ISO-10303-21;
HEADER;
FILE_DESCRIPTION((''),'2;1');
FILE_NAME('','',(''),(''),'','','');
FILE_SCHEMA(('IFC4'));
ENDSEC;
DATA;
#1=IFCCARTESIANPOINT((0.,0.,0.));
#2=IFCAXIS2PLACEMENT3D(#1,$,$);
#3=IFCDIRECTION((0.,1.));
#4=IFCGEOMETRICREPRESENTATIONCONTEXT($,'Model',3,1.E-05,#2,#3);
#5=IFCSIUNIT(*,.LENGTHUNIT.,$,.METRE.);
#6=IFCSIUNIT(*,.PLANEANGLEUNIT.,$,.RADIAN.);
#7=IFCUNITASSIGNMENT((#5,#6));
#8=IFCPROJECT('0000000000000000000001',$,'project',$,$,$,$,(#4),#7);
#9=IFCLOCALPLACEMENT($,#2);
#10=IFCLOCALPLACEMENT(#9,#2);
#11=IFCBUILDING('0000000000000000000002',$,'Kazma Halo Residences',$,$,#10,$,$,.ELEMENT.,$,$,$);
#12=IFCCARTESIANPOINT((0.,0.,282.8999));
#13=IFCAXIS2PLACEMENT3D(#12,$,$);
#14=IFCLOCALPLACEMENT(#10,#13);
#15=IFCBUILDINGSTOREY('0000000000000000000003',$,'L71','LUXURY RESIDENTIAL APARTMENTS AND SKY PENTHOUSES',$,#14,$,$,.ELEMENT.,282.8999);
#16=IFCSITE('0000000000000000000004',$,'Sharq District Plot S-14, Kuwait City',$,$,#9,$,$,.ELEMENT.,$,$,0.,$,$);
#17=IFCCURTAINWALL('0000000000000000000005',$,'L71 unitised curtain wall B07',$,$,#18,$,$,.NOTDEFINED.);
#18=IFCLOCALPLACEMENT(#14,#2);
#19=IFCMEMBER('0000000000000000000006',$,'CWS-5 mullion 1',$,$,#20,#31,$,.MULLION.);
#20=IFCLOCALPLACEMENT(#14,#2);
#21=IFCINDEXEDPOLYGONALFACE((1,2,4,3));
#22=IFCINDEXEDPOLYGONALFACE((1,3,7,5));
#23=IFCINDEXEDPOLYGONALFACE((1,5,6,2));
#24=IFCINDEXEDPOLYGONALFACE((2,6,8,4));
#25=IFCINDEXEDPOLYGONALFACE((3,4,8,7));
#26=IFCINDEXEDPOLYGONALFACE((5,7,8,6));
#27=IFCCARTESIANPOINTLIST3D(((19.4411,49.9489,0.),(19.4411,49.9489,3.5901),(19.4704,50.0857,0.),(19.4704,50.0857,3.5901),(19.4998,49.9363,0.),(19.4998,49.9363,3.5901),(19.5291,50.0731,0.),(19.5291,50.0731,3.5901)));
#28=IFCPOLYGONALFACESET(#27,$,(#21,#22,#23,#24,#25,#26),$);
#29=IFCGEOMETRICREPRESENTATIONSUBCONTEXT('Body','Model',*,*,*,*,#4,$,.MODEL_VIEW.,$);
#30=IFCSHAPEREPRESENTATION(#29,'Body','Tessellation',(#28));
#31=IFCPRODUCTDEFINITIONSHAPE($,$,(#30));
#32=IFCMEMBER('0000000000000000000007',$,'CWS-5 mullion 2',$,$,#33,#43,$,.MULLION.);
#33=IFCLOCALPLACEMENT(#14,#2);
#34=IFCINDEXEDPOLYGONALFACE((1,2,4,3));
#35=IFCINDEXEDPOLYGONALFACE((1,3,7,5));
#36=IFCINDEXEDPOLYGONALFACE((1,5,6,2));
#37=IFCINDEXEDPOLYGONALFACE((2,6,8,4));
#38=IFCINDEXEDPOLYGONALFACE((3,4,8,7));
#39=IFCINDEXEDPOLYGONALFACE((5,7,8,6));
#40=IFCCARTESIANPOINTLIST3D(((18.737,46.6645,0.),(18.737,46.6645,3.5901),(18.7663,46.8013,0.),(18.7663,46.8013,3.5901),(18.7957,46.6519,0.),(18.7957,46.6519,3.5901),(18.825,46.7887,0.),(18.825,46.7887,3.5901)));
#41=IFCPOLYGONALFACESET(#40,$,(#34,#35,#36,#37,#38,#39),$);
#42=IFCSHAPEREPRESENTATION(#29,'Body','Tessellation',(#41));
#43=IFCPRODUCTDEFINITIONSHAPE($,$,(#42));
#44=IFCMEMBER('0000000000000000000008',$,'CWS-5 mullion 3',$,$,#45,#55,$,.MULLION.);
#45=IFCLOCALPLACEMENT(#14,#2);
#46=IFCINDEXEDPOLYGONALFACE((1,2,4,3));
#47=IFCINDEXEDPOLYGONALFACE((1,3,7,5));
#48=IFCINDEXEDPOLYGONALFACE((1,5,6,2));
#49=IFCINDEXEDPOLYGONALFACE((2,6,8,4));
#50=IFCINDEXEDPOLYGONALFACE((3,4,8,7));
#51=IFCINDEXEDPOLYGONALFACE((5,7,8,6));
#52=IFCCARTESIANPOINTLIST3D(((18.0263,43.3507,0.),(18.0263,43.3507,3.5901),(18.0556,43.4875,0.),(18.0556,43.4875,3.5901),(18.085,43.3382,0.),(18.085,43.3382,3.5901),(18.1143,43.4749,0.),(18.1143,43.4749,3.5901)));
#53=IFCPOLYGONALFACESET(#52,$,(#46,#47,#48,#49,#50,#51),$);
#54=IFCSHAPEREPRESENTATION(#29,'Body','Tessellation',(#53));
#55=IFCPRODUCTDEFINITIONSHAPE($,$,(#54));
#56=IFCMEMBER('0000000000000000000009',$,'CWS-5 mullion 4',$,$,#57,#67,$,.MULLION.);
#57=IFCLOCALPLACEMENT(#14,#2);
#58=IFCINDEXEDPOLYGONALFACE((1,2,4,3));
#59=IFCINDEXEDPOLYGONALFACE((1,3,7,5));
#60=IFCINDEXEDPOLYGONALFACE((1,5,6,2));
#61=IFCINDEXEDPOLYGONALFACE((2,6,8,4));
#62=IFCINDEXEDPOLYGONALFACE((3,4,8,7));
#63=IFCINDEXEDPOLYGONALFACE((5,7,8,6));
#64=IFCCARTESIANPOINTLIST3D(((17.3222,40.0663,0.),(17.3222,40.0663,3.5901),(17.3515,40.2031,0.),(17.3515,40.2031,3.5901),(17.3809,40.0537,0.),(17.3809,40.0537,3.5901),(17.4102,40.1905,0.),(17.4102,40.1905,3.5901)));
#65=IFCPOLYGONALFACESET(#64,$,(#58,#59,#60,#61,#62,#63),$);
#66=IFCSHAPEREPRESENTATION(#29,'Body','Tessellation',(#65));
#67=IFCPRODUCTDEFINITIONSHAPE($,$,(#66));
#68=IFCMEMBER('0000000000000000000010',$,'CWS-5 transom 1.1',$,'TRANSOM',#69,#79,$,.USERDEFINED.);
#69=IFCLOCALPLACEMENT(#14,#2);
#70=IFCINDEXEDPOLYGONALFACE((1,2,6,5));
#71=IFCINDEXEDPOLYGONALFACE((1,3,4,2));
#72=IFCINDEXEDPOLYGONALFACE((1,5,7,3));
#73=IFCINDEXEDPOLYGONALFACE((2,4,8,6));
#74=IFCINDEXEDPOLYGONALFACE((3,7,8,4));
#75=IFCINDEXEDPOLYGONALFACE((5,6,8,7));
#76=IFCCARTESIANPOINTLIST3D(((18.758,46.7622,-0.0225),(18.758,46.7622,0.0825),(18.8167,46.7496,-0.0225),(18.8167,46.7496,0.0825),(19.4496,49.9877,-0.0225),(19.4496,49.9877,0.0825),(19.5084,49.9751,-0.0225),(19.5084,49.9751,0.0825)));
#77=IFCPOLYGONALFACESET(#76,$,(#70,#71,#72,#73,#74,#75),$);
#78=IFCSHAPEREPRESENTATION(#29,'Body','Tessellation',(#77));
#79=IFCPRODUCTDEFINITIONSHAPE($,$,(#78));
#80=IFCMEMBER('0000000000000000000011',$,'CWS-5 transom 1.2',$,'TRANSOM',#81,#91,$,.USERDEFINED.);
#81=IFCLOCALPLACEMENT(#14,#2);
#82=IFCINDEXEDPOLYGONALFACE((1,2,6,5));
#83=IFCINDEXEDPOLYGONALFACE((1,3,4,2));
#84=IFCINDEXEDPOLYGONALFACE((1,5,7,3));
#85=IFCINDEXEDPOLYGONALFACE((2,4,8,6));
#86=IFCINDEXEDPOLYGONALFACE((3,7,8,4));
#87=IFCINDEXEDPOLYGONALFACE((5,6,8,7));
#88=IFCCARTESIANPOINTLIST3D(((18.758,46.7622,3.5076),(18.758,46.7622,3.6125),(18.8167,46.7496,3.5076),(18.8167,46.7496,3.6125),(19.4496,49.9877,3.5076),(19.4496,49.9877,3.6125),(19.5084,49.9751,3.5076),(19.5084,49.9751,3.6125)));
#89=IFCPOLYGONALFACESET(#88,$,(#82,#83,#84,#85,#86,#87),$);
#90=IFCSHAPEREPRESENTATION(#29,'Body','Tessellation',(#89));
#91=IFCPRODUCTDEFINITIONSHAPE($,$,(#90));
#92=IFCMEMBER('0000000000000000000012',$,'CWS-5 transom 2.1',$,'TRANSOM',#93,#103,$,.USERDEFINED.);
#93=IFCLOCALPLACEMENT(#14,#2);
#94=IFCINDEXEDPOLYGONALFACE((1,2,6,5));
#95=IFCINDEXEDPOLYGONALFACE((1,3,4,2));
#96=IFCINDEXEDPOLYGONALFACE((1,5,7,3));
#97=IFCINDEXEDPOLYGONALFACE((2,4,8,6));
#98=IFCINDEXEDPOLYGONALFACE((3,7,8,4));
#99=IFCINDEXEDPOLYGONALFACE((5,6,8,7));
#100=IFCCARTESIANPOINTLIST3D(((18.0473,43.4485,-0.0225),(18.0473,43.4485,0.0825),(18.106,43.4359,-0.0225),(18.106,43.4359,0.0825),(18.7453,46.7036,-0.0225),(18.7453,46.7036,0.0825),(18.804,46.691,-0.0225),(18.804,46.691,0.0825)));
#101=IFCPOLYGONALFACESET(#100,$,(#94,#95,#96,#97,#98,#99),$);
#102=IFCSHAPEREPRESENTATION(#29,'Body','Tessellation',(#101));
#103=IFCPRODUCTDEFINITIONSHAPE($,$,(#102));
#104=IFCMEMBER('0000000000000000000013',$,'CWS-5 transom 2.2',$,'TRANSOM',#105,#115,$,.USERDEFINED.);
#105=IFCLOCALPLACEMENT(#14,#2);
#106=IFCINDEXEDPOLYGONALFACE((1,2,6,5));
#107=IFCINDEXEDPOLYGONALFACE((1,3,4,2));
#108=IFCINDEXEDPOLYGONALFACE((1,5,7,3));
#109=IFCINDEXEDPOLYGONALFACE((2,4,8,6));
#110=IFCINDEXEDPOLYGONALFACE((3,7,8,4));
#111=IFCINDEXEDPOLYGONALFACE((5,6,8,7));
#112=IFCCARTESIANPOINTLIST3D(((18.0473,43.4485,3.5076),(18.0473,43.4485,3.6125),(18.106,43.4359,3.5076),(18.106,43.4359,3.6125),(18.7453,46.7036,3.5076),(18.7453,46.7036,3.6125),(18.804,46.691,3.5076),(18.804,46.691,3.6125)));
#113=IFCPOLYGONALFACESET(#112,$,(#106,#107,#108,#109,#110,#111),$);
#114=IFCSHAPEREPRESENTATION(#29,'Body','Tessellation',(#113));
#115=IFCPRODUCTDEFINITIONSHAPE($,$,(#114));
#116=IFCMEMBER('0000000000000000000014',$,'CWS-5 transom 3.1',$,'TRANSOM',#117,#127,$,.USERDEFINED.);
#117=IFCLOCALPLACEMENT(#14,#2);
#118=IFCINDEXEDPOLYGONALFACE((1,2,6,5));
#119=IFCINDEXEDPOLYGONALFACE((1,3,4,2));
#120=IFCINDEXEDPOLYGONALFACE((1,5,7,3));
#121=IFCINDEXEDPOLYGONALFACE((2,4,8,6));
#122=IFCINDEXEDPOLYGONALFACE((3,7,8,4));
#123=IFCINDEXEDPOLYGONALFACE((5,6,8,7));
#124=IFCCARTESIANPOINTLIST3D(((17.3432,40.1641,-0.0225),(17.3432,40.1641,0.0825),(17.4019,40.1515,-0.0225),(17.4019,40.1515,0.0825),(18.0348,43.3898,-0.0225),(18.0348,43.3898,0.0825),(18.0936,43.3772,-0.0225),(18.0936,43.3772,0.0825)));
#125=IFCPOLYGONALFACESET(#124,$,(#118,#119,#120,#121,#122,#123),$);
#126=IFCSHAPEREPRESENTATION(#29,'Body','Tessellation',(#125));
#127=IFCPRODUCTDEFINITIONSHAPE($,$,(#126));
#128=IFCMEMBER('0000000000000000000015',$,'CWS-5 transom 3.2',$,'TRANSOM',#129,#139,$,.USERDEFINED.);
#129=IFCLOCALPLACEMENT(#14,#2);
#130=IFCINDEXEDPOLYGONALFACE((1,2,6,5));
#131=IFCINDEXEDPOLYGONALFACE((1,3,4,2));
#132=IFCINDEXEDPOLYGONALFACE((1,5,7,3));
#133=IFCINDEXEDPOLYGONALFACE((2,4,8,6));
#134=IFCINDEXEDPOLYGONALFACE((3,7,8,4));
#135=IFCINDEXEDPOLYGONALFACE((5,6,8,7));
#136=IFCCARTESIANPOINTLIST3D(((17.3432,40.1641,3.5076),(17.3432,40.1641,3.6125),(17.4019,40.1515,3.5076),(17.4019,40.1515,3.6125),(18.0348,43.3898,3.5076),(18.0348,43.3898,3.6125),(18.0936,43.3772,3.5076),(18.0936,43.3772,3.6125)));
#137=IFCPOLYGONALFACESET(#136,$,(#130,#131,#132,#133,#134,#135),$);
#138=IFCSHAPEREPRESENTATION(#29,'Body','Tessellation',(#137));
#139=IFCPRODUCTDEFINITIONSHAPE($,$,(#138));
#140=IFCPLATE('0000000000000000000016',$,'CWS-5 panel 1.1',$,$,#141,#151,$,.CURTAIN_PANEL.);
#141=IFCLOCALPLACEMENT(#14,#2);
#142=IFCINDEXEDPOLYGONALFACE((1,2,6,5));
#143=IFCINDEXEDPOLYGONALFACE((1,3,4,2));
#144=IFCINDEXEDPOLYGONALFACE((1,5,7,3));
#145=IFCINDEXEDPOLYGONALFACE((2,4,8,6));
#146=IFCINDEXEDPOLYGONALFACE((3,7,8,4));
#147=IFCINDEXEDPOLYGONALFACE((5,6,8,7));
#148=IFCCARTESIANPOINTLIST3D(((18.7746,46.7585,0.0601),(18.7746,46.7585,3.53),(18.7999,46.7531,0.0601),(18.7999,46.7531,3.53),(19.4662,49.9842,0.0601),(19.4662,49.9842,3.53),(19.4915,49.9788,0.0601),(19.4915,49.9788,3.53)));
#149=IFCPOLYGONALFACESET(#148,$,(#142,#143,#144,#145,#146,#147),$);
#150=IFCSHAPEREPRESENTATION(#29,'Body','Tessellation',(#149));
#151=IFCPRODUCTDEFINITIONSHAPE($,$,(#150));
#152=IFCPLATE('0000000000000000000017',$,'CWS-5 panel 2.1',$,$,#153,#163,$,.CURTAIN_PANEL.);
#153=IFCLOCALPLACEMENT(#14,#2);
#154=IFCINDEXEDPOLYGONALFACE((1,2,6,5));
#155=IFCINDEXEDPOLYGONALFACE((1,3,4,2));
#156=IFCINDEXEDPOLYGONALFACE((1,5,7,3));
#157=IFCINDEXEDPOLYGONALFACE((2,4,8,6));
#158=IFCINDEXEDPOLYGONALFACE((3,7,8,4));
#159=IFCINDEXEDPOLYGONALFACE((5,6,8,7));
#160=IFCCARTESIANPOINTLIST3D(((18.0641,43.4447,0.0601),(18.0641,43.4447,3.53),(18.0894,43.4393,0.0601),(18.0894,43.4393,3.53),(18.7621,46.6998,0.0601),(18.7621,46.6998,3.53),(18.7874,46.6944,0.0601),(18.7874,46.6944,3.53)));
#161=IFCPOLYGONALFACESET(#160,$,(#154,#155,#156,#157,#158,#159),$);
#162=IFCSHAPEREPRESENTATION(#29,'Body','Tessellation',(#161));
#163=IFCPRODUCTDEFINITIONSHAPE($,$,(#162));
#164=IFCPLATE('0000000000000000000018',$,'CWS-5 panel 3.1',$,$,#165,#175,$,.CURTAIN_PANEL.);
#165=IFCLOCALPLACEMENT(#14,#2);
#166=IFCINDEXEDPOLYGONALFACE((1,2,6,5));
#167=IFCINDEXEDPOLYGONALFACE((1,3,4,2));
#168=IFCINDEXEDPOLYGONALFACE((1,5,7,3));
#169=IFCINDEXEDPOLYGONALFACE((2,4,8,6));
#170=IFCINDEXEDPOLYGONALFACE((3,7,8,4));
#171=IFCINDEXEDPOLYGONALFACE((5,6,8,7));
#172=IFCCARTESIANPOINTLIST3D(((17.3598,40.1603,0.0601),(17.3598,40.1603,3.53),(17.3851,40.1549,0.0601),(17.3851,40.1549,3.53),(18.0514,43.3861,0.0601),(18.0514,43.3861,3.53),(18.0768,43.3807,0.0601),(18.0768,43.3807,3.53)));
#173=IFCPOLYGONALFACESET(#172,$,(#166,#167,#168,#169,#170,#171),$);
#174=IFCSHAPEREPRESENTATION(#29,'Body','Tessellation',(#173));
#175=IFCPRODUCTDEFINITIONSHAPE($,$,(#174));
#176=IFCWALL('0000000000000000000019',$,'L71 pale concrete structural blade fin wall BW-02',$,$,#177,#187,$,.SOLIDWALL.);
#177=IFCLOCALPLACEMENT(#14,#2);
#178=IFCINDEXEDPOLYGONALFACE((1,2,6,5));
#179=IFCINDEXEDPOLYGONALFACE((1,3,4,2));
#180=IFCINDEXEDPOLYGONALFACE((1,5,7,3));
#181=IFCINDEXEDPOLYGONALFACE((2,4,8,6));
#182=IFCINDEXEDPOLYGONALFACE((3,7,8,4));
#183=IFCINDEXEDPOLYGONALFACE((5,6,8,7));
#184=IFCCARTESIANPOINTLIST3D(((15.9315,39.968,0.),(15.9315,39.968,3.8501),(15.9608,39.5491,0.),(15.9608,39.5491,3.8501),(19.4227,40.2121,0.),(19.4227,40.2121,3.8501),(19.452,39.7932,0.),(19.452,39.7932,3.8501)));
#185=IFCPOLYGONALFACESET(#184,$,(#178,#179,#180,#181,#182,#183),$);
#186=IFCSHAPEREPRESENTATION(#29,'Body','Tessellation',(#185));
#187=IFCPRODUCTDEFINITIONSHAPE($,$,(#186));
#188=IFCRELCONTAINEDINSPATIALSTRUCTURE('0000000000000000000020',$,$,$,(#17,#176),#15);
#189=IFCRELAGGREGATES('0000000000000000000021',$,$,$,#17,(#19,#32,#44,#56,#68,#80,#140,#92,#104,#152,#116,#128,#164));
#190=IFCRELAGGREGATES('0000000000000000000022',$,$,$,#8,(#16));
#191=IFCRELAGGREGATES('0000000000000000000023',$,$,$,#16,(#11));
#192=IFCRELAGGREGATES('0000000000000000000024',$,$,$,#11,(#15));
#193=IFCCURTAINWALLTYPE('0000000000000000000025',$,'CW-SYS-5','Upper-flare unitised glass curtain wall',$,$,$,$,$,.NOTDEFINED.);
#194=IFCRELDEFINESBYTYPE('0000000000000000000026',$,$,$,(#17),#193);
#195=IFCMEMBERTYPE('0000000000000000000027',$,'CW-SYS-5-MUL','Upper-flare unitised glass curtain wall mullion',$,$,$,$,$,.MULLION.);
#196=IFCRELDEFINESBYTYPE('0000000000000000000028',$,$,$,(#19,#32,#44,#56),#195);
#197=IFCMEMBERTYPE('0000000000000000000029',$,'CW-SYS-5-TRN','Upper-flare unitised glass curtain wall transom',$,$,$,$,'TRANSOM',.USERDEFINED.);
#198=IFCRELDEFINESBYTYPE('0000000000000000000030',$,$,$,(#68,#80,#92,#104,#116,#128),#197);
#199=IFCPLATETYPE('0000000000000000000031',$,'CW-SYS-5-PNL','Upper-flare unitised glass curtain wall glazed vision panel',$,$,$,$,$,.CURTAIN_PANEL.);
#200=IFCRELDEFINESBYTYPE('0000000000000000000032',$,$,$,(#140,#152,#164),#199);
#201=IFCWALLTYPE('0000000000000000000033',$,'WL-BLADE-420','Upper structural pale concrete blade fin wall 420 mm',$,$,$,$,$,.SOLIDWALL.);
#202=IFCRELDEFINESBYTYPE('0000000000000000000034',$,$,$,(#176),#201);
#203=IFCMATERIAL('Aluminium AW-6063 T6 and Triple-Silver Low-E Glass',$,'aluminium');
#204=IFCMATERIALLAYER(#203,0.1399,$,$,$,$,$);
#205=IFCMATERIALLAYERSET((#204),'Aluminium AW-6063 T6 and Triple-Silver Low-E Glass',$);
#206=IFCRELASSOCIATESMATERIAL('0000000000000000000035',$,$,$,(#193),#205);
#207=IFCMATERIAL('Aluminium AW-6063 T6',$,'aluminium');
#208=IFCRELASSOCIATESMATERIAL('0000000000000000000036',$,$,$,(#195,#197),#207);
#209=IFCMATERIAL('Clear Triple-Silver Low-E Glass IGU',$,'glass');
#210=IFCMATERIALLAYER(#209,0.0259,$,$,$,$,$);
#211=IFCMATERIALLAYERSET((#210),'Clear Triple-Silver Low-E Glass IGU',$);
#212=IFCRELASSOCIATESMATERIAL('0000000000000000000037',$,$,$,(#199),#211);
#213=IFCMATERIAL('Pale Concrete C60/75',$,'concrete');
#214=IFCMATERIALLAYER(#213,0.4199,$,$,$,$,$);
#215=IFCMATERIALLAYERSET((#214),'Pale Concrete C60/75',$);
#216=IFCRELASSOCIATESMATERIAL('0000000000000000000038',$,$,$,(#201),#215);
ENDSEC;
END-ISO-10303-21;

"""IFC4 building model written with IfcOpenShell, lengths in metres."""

from ifc_helpers import new_model, si_unit, direction, frame, frame_2d, origin, origin_2d, place, context, subcontext, project, spatial, rectangle, extrude, material, layer, layer_set, material_profile, profile_set, type_object, element, aggregate, save


model = new_model("IFC4")

# Units and contexts
model_context = context("Model", 3, precision=1e-05, world=origin(), true_north=direction((0.0, 1.0)))
body_context = subcontext(model_context, "Body", "Model", "MODEL_VIEW")
ifc_project = project(units=[si_unit("LENGTHUNIT", "METRE"), si_unit("PLANEANGLEUNIT", "RADIAN")], contexts=[model_context])

# Site, building, storey
site_placement = place(None, origin())
site = spatial("IfcSite", under=ifc_project, at=site_placement, Name="Sharq District Plot S-14, Kuwait City", CompositionType="ELEMENT", RefElevation=0.0)
building_placement = place(site_placement, origin())
building = spatial("IfcBuilding", under=site, at=building_placement, Name="Kazma Halo Residences", CompositionType="ELEMENT")
storey_placement = place(building_placement, frame((0.0, 0.0, 282.8999)))
storey = spatial("IfcBuildingStorey", under=building, at=storey_placement, Name="L71", Description="LUXURY RESIDENTIAL APARTMENTS AND SKY PENTHOUSES", CompositionType="ELEMENT", Elevation=282.8999)

# Curtain wall, members, plates
ifc_material_1 = material(Name="Aluminium AW-6063 T6 and Triple-Silver Low-E Glass", Category="aluminium")
ifc_layer_1 = layer(ifc_material_1, 0.1399)
ifc_layer_set_1 = layer_set([ifc_layer_1], Name="Aluminium AW-6063 T6 and Triple-Silver Low-E Glass")
curtain_wall_type = type_object("IfcCurtainWallType", Name="CW-SYS-5", Description="Upper-flare unitised glass curtain wall", PredefinedType="NOTDEFINED", material=ifc_layer_set_1)
curtain_wall_placement = place(storey_placement, origin())
curtain_wall = element("IfcCurtainWall", 1, at=curtain_wall_placement, inside=storey, type_object=curtain_wall_type, Name="L71 unitised curtain wall B07", PredefinedType="NOTDEFINED")
ifc_material_2 = material(Name="Aluminium AW-6063 T6", Category="aluminium")
ifc_material_profile_1 = material_profile(ifc_material_2, rectangle(XDim=0.0601, YDim=0.1399, at=origin_2d()), Name="CWM-60x140")
ifc_profile_set_1 = profile_set([ifc_material_profile_1], Name="Aluminium AW-6063 T6")
member_type_1 = type_object("IfcMemberType", Name="CW-SYS-5-MUL", Description="Upper-flare unitised glass curtain wall mullion", PredefinedType="MULLION", material=ifc_profile_set_1)
member_1_placement = place(storey_placement, frame((19.4851, 50.011, 0.0), z_axis=(0.0, 0.0, 1.0), x_axis=(0.977775, -0.209657, 0.0)))
member_1 = element("IfcMember", 2, at=member_1_placement, type_object=member_type_1, Name="CWS-5 mullion 1", PredefinedType="MULLION", context=body_context, shape_type="SweptSolid", body=[
    extrude(rectangle(XDim=0.0601, YDim=0.1399, at=origin_2d()), origin(), (0.0, 0.0, 1.0), 3.5901),
])
member_2_placement = place(storey_placement, frame((18.781, 46.7266, 0.0), z_axis=(0.0, 0.0, 1.0), x_axis=(0.977775, -0.209657, 0.0)))
member_2 = element("IfcMember", 3, at=member_2_placement, type_object=member_type_1, Name="CWS-5 mullion 2", PredefinedType="MULLION", context=body_context, shape_type="SweptSolid", body=[
    extrude(rectangle(XDim=0.0601, YDim=0.1399, at=origin_2d()), origin(), (0.0, 0.0, 1.0), 3.5901),
])
member_3_placement = place(storey_placement, frame((18.0703, 43.4128, 0.0), z_axis=(0.0, 0.0, 1.0), x_axis=(0.977775, -0.209657, 0.0)))
member_3 = element("IfcMember", 4, at=member_3_placement, type_object=member_type_1, Name="CWS-5 mullion 3", PredefinedType="MULLION", context=body_context, shape_type="SweptSolid", body=[
    extrude(rectangle(XDim=0.0601, YDim=0.1399, at=origin_2d()), origin(), (0.0, 0.0, 1.0), 3.5901),
])
member_4_placement = place(storey_placement, frame((17.3662, 40.1284, 0.0), z_axis=(0.0, 0.0, 1.0), x_axis=(0.977775, -0.209657, 0.0)))
member_4 = element("IfcMember", 5, at=member_4_placement, type_object=member_type_1, Name="CWS-5 mullion 4", PredefinedType="MULLION", context=body_context, shape_type="SweptSolid", body=[
    extrude(rectangle(XDim=0.0601, YDim=0.1399, at=origin_2d()), origin(), (0.0, 0.0, 1.0), 3.5901),
])
ifc_material_profile_2 = material_profile(ifc_material_2, rectangle(XDim=0.0601, YDim=0.105, at=origin_2d()), Name="CWT-60x105")
ifc_profile_set_2 = profile_set([ifc_material_profile_2], Name="Aluminium AW-6063 T6")
member_type_2 = type_object("IfcMemberType", Name="CW-SYS-5-TRN", Description="Upper-flare unitised glass curtain wall transom", ElementType="TRANSOM", PredefinedType="USERDEFINED", material=ifc_profile_set_2)
member_5_placement = place(storey_placement, frame((19.479, 49.9814, 0.03), z_axis=(-0.20966, -0.977774, 0.0), x_axis=(0.977774, -0.20966, 0.0)))
member_5 = element("IfcMember", 6, at=member_5_placement, type_object=member_type_2, Name="CWS-5 transom 1.1", ObjectType="TRANSOM", PredefinedType="USERDEFINED", context=body_context, shape_type="SweptSolid", body=[
    extrude(rectangle(XDim=0.0601, YDim=0.105, at=origin_2d()), origin(), (0.0, 0.0, 1.0), 3.2988),
])
member_6_placement = place(storey_placement, frame((19.479, 49.9814, 3.5601), z_axis=(-0.20966, -0.977774, 0.0), x_axis=(0.977774, -0.20966, 0.0)))
member_6 = element("IfcMember", 7, at=member_6_placement, type_object=member_type_2, Name="CWS-5 transom 1.2", ObjectType="TRANSOM", PredefinedType="USERDEFINED", context=body_context, shape_type="SweptSolid", body=[
    extrude(rectangle(XDim=0.0601, YDim=0.105, at=origin_2d()), origin(), (0.0, 0.0, 1.0), 3.2988),
])
member_7_placement = place(storey_placement, frame((18.7747, 46.6973, 0.03), z_axis=(-0.209664, -0.977773, 0.0), x_axis=(0.977773, -0.209664, 0.0)))
member_7 = element("IfcMember", 8, at=member_7_placement, type_object=member_type_2, Name="CWS-5 transom 2.1", ObjectType="TRANSOM", PredefinedType="USERDEFINED", context=body_context, shape_type="SweptSolid", body=[
    extrude(rectangle(XDim=0.0601, YDim=0.105, at=origin_2d()), origin(), (0.0, 0.0, 1.0), 3.3291),
])
member_8_placement = place(storey_placement, frame((18.7747, 46.6973, 3.5601), z_axis=(-0.209664, -0.977773, 0.0), x_axis=(0.977773, -0.209664, 0.0)))
member_8 = element("IfcMember", 9, at=member_8_placement, type_object=member_type_2, Name="CWS-5 transom 2.2", ObjectType="TRANSOM", PredefinedType="USERDEFINED", context=body_context, shape_type="SweptSolid", body=[
    extrude(rectangle(XDim=0.0601, YDim=0.105, at=origin_2d()), origin(), (0.0, 0.0, 1.0), 3.3291),
])
member_9_placement = place(storey_placement, frame((18.0642, 43.3835, 0.03), z_axis=(-0.209645, -0.977777, 0.0), x_axis=(0.977777, -0.209645, 0.0)))
member_9 = element("IfcMember", 10, at=member_9_placement, type_object=member_type_2, Name="CWS-5 transom 3.1", ObjectType="TRANSOM", PredefinedType="USERDEFINED", context=body_context, shape_type="SweptSolid", body=[
    extrude(rectangle(XDim=0.0601, YDim=0.105, at=origin_2d()), origin(), (0.0, 0.0, 1.0), 3.2991),
])
member_10_placement = place(storey_placement, frame((18.0642, 43.3835, 3.5601), z_axis=(-0.209645, -0.977777, 0.0), x_axis=(0.977777, -0.209645, 0.0)))
member_10 = element("IfcMember", 11, at=member_10_placement, type_object=member_type_2, Name="CWS-5 transom 3.2", ObjectType="TRANSOM", PredefinedType="USERDEFINED", context=body_context, shape_type="SweptSolid", body=[
    extrude(rectangle(XDim=0.0601, YDim=0.105, at=origin_2d()), origin(), (0.0, 0.0, 1.0), 3.2991),
])
ifc_material_3 = material(Name="Clear Triple-Silver Low-E Glass IGU", Category="glass")
ifc_layer_2 = layer(ifc_material_3, 0.0259)
ifc_layer_set_2 = layer_set([ifc_layer_2], Name="Clear Triple-Silver Low-E Glass IGU")
plate_type = type_object("IfcPlateType", Name="CW-SYS-5-PNL", Description="Upper-flare unitised glass curtain wall glazed vision panel", PredefinedType="CURTAIN_PANEL", material=ifc_layer_set_2)
plate_1_placement = place(storey_placement, frame((19.1331, 48.3687, 0.0601), z_axis=(0.0, 0.0, 1.0), x_axis=(-0.209657, -0.977775, 0.0)))
plate_1 = element("IfcPlate", 12, at=plate_1_placement, type_object=plate_type, Name="CWS-5 panel 1.1", PredefinedType="CURTAIN_PANEL", context=body_context, shape_type="SweptSolid", body=[
    extrude(rectangle(XDim=3.2991, YDim=0.0259, at=origin_2d()), origin(), (0.0, 0.0, 1.0), 3.47),
])
plate_2_placement = place(storey_placement, frame((18.4258, 45.0696, 0.0601), z_axis=(0.0, 0.0, 1.0), x_axis=(-0.209657, -0.977775, 0.0)))
plate_2 = element("IfcPlate", 13, at=plate_2_placement, type_object=plate_type, Name="CWS-5 panel 2.1", PredefinedType="CURTAIN_PANEL", context=body_context, shape_type="SweptSolid", body=[
    extrude(rectangle(XDim=3.3291, YDim=0.0259, at=origin_2d()), origin(), (0.0, 0.0, 1.0), 3.47),
])
plate_3_placement = place(storey_placement, frame((17.7183, 41.7705, 0.0601), z_axis=(0.0, 0.0, 1.0), x_axis=(-0.209657, -0.977775, 0.0)))
plate_3 = element("IfcPlate", 14, at=plate_3_placement, type_object=plate_type, Name="CWS-5 panel 3.1", PredefinedType="CURTAIN_PANEL", context=body_context, shape_type="SweptSolid", body=[
    extrude(rectangle(XDim=3.2991, YDim=0.0259, at=origin_2d()), origin(), (0.0, 0.0, 1.0), 3.47),
])
aggregate(curtain_wall, [member_1, member_2, member_3, member_4, member_5, member_6, plate_1, member_7, member_8, plate_2, member_9, member_10, plate_3])

# Wall
ifc_material_4 = material(Name="Pale Concrete C60/75", Category="concrete")
ifc_layer_3 = layer(ifc_material_4, 0.4199)
ifc_layer_set_3 = layer_set([ifc_layer_3], Name="Pale Concrete C60/75")
wall_type_1 = type_object("IfcWallType", Name="WL-BLADE-420", Description="Upper structural pale concrete blade fin wall 420 mm", PredefinedType="SOLIDWALL", material=ifc_layer_set_3)
wall_1_placement = place(storey_placement, frame((19.4375, 40.0027, 0.0), z_axis=(0.0, 0.0, 1.0), x_axis=(-0.997564, -0.06976, 0.0)))
element("IfcWall", 15, at=wall_1_placement, inside=storey, type_object=wall_type_1, Name="L71 pale concrete structural blade fin wall BW-02", PredefinedType="SOLIDWALL", context=body_context, shape_type="SweptSolid", body=[
    extrude(rectangle(XDim=3.4998, YDim=0.4199, at=frame_2d((1.75, 0.0))), origin(), (0.0, 0.0, 1.0), 3.8501),
])

save(model, "model.ifc")
